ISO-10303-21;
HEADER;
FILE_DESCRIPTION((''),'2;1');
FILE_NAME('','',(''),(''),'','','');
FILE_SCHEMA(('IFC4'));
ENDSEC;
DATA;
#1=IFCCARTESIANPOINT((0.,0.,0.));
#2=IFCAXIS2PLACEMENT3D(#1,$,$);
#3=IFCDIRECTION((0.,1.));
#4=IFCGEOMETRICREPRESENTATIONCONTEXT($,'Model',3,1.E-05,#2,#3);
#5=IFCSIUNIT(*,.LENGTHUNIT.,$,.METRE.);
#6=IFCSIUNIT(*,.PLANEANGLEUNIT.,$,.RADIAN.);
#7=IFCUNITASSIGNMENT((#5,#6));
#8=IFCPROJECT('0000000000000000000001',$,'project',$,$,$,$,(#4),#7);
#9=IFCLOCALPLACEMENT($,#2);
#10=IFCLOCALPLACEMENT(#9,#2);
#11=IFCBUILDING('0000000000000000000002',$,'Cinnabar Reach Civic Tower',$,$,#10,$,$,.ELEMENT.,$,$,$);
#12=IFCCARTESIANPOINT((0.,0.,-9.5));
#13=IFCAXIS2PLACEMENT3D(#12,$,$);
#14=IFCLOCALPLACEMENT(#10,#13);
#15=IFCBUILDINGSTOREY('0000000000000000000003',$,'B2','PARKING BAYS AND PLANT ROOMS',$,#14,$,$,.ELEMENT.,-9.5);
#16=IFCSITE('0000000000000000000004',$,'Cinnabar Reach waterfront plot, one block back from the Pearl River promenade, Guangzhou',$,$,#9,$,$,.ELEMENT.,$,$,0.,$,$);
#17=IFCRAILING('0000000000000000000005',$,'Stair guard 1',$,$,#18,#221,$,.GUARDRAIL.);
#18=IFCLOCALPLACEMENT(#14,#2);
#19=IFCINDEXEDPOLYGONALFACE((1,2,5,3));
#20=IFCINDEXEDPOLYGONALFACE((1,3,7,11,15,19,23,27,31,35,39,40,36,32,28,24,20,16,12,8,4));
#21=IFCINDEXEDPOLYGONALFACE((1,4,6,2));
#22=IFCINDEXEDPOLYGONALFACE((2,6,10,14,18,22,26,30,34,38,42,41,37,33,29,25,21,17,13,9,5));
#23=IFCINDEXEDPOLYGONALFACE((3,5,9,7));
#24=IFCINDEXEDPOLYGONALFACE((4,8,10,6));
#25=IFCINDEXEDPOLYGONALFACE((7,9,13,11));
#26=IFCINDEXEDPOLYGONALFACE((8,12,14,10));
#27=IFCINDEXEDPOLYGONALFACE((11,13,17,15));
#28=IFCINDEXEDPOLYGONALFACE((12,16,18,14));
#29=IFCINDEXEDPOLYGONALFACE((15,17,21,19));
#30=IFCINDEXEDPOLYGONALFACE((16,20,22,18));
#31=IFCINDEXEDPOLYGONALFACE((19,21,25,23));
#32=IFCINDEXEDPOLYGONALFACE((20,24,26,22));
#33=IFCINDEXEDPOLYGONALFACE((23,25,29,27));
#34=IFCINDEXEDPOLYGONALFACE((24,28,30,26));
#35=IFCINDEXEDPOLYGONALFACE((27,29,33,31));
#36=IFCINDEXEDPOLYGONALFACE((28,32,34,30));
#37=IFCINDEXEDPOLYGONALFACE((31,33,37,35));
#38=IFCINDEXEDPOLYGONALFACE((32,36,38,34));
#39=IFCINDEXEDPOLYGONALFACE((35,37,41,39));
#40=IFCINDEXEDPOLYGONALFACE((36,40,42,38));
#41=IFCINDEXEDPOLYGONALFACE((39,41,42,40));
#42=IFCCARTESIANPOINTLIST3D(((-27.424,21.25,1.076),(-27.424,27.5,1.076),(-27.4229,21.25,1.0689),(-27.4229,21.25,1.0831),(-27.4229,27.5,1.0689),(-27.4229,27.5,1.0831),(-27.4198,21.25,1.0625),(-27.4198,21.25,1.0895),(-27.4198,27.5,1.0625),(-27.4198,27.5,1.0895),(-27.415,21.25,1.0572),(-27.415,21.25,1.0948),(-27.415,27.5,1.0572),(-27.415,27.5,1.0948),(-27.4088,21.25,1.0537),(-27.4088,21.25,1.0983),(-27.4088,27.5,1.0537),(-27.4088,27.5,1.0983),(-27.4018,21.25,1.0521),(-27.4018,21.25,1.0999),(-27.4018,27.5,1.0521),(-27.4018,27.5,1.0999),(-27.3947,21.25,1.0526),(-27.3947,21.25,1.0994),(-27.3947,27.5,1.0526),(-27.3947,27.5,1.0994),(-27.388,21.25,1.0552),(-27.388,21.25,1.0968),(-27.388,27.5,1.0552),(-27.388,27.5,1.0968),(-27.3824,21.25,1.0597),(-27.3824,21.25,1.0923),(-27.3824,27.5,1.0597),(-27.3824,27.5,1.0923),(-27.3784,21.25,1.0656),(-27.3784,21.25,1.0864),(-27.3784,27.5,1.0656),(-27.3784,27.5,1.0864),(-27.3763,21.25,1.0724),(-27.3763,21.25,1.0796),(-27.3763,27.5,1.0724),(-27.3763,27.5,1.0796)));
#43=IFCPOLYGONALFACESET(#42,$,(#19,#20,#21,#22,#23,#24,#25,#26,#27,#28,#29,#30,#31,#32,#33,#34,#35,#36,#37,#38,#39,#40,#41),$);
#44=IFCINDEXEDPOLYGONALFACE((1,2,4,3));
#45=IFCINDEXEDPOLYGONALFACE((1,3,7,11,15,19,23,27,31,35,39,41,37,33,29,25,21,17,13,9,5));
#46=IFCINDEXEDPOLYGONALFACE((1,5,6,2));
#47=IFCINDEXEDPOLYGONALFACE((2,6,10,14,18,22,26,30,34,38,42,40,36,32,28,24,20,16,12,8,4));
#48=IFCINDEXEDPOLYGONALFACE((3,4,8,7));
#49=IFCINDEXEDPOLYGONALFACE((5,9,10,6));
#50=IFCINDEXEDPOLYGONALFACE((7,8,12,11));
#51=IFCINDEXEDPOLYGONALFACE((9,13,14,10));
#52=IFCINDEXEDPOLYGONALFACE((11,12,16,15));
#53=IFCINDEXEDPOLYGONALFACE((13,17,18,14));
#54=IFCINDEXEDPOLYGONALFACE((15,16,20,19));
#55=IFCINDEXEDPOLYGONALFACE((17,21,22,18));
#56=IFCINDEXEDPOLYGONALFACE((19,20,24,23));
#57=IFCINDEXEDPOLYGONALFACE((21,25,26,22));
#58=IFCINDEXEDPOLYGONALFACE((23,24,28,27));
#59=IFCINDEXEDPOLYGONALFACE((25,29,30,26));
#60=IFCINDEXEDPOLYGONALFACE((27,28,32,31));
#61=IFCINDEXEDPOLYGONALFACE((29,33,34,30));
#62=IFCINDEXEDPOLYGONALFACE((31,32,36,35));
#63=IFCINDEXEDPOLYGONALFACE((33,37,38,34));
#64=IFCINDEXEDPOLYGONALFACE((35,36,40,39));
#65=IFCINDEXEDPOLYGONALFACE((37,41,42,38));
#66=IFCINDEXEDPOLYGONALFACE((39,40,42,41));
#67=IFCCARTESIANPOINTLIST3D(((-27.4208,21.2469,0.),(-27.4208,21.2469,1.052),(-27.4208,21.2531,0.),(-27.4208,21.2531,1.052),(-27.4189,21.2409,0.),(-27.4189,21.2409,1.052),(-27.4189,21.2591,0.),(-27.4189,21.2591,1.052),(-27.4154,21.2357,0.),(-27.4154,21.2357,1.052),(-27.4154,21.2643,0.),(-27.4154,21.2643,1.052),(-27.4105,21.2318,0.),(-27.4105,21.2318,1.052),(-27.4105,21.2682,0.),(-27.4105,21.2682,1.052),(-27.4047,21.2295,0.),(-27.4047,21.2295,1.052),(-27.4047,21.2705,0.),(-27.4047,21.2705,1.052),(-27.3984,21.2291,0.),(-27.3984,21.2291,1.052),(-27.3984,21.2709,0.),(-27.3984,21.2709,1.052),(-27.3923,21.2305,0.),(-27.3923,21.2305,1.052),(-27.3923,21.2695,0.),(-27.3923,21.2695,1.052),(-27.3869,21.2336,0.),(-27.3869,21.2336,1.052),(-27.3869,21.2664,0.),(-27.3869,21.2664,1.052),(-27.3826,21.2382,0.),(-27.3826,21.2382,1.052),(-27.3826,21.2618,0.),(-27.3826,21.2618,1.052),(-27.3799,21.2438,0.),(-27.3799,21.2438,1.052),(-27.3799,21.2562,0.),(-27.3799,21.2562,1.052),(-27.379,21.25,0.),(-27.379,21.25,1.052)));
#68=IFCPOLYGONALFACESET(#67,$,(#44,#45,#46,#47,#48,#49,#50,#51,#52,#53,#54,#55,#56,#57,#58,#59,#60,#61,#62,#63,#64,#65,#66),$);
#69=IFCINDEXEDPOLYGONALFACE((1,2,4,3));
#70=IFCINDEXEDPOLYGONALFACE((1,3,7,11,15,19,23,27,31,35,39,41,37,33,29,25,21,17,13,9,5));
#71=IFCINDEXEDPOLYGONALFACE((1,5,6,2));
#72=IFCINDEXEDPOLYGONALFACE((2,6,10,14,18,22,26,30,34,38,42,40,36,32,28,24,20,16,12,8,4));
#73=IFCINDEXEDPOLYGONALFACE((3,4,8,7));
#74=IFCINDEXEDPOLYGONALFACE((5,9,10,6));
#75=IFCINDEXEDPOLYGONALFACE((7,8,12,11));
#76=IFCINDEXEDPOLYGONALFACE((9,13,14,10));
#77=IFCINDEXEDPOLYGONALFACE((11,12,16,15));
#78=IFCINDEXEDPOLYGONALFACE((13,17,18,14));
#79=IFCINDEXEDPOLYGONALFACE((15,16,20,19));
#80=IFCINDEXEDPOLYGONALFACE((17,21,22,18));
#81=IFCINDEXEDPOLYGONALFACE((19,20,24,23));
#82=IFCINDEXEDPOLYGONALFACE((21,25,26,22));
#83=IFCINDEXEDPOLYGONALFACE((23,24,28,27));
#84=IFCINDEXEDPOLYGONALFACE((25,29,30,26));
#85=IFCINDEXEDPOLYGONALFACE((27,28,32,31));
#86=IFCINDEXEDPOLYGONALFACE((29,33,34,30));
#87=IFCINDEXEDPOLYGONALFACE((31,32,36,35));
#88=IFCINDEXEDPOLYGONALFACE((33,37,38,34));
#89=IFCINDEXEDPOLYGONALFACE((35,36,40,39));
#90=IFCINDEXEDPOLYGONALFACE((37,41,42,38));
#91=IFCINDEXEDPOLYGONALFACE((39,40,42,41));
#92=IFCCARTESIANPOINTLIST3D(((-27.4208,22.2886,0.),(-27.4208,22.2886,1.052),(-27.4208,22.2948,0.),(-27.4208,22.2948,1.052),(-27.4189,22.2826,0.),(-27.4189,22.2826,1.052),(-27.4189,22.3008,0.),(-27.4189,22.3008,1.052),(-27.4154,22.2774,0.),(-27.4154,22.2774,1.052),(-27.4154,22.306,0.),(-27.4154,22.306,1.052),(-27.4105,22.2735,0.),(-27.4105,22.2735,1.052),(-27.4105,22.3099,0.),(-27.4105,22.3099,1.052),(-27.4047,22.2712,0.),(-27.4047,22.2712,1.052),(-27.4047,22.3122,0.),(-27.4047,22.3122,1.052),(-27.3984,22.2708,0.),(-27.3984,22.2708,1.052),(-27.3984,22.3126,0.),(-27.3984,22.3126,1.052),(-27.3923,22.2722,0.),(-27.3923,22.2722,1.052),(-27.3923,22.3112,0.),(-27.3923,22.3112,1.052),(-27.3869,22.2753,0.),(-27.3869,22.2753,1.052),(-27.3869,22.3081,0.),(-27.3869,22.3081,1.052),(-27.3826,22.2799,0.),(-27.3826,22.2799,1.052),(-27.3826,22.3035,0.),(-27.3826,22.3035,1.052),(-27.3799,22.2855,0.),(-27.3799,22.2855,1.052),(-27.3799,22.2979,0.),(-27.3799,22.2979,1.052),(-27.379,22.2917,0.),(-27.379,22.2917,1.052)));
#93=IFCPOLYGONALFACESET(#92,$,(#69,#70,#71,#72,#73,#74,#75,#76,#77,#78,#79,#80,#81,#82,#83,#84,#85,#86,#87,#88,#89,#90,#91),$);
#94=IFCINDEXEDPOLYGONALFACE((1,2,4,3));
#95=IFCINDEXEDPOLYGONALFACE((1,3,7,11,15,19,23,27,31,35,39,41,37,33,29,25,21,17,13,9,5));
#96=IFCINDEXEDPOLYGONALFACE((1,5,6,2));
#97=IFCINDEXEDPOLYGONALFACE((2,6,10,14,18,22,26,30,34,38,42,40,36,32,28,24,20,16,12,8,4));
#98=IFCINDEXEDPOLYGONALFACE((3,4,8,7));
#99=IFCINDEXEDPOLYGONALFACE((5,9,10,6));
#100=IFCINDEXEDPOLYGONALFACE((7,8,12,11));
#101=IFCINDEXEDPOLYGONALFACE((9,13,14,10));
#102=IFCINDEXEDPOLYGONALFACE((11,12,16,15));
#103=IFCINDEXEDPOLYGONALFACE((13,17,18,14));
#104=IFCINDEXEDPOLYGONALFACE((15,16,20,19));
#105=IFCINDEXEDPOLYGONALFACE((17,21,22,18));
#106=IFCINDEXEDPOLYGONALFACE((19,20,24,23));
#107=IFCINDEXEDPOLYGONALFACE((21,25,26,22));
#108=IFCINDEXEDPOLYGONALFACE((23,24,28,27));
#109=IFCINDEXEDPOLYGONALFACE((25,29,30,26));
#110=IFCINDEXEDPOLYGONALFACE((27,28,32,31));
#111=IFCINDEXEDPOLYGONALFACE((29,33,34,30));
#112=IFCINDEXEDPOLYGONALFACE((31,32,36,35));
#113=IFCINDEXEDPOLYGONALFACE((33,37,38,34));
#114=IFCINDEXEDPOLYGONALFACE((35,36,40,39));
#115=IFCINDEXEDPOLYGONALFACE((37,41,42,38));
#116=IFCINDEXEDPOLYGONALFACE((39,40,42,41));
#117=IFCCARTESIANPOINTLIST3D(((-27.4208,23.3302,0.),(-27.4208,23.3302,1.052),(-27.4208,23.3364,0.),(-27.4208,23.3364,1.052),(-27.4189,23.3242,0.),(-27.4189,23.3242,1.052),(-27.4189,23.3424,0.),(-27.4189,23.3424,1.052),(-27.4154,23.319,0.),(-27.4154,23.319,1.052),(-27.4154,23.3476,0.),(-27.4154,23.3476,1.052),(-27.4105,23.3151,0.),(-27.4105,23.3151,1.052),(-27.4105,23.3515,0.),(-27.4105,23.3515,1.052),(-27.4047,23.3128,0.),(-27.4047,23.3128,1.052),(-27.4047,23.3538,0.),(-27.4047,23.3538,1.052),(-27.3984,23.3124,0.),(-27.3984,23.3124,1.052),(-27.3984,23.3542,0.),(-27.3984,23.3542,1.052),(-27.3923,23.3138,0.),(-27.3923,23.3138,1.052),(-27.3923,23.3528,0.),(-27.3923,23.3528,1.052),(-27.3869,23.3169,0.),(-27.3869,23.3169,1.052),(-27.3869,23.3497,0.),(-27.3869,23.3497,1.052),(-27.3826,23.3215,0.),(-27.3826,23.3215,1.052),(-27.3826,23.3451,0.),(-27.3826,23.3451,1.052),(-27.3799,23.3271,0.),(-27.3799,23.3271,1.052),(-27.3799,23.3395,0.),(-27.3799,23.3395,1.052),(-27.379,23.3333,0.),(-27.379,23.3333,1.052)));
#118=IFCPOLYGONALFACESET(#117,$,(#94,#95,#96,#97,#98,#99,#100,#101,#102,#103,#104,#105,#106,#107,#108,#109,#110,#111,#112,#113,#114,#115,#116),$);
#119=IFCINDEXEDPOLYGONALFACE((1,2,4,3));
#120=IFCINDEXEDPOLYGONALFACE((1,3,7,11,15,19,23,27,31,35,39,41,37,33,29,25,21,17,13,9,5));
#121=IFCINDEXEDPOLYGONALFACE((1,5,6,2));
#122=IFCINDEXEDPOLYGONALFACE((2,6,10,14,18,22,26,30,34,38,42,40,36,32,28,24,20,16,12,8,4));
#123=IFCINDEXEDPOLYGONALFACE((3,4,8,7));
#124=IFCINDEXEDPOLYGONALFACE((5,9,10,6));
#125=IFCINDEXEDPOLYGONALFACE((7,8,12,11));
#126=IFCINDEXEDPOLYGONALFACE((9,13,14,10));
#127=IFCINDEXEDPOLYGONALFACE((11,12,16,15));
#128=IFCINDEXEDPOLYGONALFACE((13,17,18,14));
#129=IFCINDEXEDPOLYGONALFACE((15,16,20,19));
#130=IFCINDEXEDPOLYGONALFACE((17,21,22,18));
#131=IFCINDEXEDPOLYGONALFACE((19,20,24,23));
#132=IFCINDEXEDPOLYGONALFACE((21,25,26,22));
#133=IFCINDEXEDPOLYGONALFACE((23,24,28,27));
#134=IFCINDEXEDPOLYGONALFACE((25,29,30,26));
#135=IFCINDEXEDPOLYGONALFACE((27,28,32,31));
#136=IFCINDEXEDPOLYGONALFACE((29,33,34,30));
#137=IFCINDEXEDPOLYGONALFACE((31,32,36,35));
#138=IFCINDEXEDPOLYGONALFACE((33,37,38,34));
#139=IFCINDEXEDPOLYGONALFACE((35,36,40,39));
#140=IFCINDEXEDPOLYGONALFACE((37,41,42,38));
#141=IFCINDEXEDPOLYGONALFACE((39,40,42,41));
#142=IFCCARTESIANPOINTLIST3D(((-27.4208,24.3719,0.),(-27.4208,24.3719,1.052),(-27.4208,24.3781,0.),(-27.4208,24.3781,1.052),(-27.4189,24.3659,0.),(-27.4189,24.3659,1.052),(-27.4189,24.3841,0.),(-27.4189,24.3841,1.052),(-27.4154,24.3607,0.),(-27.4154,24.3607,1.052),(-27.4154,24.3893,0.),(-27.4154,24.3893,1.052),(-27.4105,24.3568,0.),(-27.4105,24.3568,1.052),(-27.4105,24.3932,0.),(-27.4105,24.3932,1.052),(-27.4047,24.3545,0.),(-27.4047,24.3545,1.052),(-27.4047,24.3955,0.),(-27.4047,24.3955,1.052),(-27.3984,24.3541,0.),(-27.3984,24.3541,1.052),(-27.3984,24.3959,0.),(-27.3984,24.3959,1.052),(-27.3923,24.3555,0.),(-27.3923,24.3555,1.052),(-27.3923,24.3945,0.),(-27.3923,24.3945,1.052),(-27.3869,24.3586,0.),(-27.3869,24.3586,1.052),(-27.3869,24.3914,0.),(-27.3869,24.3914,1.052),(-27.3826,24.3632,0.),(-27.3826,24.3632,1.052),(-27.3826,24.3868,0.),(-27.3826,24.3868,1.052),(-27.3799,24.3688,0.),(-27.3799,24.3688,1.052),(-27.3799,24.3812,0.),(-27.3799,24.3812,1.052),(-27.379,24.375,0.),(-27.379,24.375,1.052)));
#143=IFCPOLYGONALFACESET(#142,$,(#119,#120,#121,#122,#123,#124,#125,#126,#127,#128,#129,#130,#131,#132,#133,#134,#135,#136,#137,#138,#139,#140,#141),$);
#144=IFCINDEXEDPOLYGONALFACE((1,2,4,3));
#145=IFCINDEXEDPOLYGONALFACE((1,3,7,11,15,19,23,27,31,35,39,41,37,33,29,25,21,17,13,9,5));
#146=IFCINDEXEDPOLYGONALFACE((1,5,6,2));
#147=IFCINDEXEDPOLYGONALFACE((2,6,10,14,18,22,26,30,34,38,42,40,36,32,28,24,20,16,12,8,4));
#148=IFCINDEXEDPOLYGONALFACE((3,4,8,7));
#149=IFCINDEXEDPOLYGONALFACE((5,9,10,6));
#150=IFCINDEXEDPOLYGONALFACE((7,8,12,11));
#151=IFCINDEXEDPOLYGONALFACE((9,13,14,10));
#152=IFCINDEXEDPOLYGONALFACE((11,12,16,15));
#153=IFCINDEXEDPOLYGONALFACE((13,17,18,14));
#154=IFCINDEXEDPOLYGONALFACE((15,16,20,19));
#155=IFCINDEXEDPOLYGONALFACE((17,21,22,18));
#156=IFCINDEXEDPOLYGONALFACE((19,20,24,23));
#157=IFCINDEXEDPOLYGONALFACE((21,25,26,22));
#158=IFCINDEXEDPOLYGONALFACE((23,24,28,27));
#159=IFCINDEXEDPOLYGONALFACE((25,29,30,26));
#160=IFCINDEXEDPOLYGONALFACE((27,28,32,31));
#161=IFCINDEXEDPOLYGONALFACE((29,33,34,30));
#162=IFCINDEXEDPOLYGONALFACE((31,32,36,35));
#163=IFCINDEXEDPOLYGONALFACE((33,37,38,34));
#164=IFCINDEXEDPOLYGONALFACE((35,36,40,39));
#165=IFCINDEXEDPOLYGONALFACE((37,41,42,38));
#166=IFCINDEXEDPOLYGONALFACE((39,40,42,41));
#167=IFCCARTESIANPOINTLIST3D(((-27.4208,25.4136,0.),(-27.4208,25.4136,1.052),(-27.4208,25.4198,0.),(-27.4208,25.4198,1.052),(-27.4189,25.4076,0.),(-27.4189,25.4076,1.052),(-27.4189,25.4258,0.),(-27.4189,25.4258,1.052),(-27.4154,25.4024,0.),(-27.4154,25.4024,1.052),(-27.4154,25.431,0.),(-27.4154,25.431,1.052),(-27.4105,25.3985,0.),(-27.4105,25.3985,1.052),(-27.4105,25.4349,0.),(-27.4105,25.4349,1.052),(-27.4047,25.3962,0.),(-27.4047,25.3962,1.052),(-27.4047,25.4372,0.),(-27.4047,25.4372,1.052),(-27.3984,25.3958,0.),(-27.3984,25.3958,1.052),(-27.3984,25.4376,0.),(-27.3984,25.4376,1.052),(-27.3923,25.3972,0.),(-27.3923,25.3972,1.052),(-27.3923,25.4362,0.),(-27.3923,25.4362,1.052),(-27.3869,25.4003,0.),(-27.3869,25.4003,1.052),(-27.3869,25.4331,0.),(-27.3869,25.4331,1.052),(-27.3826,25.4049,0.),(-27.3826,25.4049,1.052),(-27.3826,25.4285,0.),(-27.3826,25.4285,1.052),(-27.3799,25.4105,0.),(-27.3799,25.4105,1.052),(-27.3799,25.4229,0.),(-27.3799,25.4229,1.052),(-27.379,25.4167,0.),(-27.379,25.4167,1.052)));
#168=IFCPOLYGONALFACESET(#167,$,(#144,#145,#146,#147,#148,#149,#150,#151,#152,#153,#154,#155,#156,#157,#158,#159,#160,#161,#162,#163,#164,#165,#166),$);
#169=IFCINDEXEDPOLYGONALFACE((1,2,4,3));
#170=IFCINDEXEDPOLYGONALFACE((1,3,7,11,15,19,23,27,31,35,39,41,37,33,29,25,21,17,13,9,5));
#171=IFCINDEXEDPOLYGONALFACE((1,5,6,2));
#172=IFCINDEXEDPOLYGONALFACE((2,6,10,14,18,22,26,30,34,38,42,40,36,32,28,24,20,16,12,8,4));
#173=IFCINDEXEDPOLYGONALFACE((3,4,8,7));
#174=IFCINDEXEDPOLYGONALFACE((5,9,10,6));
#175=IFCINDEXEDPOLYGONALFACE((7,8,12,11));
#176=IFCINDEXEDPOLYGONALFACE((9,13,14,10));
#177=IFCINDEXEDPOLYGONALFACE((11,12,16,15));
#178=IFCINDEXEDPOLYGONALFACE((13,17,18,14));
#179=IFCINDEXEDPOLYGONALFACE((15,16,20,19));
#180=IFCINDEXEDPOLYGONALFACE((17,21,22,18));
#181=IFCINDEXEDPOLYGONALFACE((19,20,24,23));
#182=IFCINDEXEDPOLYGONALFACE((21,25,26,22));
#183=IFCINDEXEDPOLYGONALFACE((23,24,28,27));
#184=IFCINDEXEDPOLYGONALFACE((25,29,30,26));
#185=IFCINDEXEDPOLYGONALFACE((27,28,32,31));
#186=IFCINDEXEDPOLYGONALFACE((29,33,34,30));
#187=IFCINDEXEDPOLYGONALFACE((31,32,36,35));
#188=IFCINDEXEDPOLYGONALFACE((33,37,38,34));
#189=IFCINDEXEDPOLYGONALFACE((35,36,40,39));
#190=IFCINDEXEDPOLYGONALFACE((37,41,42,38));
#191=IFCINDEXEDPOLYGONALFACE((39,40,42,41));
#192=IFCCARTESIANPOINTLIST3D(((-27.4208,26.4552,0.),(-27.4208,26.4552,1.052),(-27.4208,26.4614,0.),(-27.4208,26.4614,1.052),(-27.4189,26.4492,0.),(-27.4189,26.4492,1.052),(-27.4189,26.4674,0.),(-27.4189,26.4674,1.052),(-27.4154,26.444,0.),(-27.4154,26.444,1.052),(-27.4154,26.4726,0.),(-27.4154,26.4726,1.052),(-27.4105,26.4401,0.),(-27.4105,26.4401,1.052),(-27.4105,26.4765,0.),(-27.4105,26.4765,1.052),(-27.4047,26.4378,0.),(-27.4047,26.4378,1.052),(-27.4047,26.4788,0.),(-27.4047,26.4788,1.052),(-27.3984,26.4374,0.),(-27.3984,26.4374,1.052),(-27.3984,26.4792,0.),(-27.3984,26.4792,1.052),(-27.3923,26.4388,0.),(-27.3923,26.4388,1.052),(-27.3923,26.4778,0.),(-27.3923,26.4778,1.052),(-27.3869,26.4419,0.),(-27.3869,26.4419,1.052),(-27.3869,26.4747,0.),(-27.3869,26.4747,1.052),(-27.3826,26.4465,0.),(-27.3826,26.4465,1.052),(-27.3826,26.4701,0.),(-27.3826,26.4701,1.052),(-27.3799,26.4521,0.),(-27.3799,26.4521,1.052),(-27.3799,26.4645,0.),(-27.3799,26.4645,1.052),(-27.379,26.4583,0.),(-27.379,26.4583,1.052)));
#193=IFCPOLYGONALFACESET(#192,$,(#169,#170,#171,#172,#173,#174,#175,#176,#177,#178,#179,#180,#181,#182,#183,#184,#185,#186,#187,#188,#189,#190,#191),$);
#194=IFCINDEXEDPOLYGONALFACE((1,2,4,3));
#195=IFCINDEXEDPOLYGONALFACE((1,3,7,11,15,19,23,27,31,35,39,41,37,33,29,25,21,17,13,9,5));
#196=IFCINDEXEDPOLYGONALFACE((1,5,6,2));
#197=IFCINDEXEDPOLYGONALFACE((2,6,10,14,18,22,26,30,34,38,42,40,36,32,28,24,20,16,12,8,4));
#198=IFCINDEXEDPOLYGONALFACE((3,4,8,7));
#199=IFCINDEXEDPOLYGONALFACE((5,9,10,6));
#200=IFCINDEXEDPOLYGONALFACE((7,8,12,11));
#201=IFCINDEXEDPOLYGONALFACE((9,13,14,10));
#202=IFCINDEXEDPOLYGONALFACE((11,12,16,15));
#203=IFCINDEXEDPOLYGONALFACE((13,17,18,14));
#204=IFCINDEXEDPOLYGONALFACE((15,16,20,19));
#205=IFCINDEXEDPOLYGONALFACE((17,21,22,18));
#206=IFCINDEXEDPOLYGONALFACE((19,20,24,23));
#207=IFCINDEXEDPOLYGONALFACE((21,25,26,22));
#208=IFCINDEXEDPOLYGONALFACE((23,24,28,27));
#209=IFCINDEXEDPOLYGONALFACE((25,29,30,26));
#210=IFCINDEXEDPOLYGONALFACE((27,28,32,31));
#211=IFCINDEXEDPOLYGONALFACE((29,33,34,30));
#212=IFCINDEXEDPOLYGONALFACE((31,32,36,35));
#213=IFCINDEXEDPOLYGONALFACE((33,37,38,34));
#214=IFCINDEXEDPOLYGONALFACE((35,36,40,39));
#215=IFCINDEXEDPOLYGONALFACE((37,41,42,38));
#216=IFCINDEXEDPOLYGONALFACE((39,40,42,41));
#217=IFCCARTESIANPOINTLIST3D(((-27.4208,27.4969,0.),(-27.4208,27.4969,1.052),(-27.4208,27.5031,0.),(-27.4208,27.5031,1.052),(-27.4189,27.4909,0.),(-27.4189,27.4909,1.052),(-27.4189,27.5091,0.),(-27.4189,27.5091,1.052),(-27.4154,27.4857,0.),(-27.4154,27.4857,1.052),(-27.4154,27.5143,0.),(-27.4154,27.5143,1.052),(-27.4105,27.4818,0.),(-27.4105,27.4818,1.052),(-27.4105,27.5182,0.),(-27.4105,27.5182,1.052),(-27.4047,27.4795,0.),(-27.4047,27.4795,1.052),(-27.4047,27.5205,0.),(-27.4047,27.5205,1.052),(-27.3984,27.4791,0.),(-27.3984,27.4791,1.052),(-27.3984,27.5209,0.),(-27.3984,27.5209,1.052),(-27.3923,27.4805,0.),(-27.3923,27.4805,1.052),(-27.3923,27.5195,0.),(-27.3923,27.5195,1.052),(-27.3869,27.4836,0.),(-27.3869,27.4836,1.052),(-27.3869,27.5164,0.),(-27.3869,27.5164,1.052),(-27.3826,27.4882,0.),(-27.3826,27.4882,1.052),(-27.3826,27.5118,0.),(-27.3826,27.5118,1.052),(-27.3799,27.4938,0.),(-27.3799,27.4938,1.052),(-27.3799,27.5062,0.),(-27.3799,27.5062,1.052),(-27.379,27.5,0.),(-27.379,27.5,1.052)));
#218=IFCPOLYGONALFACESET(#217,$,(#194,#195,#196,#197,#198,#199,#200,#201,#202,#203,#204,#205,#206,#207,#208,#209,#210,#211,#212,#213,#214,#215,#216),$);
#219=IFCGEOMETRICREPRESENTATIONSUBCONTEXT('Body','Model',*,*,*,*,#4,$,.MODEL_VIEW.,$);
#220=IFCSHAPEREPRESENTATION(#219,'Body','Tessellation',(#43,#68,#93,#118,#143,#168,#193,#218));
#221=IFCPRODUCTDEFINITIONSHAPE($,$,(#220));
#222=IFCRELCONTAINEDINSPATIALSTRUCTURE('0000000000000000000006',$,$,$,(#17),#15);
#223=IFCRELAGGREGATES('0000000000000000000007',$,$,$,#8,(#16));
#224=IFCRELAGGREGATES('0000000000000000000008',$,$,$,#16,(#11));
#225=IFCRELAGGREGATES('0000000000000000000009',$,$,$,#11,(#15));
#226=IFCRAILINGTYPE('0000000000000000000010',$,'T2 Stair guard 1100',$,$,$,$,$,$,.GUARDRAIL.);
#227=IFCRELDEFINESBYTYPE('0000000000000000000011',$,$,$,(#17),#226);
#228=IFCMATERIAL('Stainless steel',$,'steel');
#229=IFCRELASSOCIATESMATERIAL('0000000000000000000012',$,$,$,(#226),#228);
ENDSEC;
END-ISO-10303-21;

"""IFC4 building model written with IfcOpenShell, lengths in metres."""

from ifc_helpers import new_model, si_unit, direction, frame, origin, origin_2d, place, context, subcontext, project, spatial, circle, extrude, material, type_object, element, save


model = new_model("IFC4")

# Units and contexts
model_context = context("Model", 3, precision=1e-05, world=origin(), true_north=direction((0.0, 1.0)))
body_context = subcontext(model_context, "Body", "Model", "MODEL_VIEW")
ifc_project = project(units=[si_unit("LENGTHUNIT", "METRE"), si_unit("PLANEANGLEUNIT", "RADIAN")], contexts=[model_context])

# Site, building, storey
site_placement = place(None, origin())
site = spatial("IfcSite", under=ifc_project, at=site_placement, Name="Cinnabar Reach waterfront plot, one block back from the Pearl River promenade, Guangzhou", CompositionType="ELEMENT", RefElevation=0.0)
building_placement = place(site_placement, origin())
building = spatial("IfcBuilding", under=site, at=building_placement, Name="Cinnabar Reach Civic Tower", CompositionType="ELEMENT")
storey_placement = place(building_placement, frame((0.0, 0.0, -9.5)))
storey = spatial("IfcBuildingStorey", under=building, at=storey_placement, Name="B2", Description="PARKING BAYS AND PLANT ROOMS", CompositionType="ELEMENT", Elevation=-9.5)

# Railing
ifc_material_1 = material(Name="Stainless steel", Category="steel")
railing_type = type_object("IfcRailingType", Name="T2 Stair guard 1100", PredefinedType="GUARDRAIL", material=ifc_material_1)
for number, where, name in (
    (1, (-27.4, 21.25, 0.0), "Stair guard 1"),
):
    element("IfcRailing", number, at=place(storey_placement, frame(where)), inside=storey, type_object=railing_type, Name=name, PredefinedType="GUARDRAIL", context=body_context, shape_type="SweptSolid", body=[
        extrude(circle(Radius=0.024, at=origin_2d()), frame((0.0, 0.0, 1.076), z_axis=(0.0, 1.0, 0.0), x_axis=(-1.0, 0.0, 0.0)), (0.0, 0.0, 1.0), 6.25),
        extrude(circle(Radius=0.021, at=origin_2d()), origin(), (0.0, 0.0, 1.0), 1.052),
        extrude(circle(Radius=0.021, at=origin_2d()), frame((0.0, 1.0417, 0.0)), (0.0, 0.0, 1.0), 1.052),
        extrude(circle(Radius=0.021, at=origin_2d()), frame((0.0, 2.0833, 0.0)), (0.0, 0.0, 1.0), 1.052),
        extrude(circle(Radius=0.021, at=origin_2d()), frame((0.0, 3.125, 0.0)), (0.0, 0.0, 1.0), 1.052),
        extrude(circle(Radius=0.021, at=origin_2d()), frame((0.0, 4.1667, 0.0)), (0.0, 0.0, 1.0), 1.052),
        extrude(circle(Radius=0.021, at=origin_2d()), frame((0.0, 5.2083, 0.0)), (0.0, 0.0, 1.0), 1.052),
        extrude(circle(Radius=0.021, at=origin_2d()), frame((0.0, 6.25, 0.0)), (0.0, 0.0, 1.0), 1.052),
    ])

save(model, "model.ifc")
